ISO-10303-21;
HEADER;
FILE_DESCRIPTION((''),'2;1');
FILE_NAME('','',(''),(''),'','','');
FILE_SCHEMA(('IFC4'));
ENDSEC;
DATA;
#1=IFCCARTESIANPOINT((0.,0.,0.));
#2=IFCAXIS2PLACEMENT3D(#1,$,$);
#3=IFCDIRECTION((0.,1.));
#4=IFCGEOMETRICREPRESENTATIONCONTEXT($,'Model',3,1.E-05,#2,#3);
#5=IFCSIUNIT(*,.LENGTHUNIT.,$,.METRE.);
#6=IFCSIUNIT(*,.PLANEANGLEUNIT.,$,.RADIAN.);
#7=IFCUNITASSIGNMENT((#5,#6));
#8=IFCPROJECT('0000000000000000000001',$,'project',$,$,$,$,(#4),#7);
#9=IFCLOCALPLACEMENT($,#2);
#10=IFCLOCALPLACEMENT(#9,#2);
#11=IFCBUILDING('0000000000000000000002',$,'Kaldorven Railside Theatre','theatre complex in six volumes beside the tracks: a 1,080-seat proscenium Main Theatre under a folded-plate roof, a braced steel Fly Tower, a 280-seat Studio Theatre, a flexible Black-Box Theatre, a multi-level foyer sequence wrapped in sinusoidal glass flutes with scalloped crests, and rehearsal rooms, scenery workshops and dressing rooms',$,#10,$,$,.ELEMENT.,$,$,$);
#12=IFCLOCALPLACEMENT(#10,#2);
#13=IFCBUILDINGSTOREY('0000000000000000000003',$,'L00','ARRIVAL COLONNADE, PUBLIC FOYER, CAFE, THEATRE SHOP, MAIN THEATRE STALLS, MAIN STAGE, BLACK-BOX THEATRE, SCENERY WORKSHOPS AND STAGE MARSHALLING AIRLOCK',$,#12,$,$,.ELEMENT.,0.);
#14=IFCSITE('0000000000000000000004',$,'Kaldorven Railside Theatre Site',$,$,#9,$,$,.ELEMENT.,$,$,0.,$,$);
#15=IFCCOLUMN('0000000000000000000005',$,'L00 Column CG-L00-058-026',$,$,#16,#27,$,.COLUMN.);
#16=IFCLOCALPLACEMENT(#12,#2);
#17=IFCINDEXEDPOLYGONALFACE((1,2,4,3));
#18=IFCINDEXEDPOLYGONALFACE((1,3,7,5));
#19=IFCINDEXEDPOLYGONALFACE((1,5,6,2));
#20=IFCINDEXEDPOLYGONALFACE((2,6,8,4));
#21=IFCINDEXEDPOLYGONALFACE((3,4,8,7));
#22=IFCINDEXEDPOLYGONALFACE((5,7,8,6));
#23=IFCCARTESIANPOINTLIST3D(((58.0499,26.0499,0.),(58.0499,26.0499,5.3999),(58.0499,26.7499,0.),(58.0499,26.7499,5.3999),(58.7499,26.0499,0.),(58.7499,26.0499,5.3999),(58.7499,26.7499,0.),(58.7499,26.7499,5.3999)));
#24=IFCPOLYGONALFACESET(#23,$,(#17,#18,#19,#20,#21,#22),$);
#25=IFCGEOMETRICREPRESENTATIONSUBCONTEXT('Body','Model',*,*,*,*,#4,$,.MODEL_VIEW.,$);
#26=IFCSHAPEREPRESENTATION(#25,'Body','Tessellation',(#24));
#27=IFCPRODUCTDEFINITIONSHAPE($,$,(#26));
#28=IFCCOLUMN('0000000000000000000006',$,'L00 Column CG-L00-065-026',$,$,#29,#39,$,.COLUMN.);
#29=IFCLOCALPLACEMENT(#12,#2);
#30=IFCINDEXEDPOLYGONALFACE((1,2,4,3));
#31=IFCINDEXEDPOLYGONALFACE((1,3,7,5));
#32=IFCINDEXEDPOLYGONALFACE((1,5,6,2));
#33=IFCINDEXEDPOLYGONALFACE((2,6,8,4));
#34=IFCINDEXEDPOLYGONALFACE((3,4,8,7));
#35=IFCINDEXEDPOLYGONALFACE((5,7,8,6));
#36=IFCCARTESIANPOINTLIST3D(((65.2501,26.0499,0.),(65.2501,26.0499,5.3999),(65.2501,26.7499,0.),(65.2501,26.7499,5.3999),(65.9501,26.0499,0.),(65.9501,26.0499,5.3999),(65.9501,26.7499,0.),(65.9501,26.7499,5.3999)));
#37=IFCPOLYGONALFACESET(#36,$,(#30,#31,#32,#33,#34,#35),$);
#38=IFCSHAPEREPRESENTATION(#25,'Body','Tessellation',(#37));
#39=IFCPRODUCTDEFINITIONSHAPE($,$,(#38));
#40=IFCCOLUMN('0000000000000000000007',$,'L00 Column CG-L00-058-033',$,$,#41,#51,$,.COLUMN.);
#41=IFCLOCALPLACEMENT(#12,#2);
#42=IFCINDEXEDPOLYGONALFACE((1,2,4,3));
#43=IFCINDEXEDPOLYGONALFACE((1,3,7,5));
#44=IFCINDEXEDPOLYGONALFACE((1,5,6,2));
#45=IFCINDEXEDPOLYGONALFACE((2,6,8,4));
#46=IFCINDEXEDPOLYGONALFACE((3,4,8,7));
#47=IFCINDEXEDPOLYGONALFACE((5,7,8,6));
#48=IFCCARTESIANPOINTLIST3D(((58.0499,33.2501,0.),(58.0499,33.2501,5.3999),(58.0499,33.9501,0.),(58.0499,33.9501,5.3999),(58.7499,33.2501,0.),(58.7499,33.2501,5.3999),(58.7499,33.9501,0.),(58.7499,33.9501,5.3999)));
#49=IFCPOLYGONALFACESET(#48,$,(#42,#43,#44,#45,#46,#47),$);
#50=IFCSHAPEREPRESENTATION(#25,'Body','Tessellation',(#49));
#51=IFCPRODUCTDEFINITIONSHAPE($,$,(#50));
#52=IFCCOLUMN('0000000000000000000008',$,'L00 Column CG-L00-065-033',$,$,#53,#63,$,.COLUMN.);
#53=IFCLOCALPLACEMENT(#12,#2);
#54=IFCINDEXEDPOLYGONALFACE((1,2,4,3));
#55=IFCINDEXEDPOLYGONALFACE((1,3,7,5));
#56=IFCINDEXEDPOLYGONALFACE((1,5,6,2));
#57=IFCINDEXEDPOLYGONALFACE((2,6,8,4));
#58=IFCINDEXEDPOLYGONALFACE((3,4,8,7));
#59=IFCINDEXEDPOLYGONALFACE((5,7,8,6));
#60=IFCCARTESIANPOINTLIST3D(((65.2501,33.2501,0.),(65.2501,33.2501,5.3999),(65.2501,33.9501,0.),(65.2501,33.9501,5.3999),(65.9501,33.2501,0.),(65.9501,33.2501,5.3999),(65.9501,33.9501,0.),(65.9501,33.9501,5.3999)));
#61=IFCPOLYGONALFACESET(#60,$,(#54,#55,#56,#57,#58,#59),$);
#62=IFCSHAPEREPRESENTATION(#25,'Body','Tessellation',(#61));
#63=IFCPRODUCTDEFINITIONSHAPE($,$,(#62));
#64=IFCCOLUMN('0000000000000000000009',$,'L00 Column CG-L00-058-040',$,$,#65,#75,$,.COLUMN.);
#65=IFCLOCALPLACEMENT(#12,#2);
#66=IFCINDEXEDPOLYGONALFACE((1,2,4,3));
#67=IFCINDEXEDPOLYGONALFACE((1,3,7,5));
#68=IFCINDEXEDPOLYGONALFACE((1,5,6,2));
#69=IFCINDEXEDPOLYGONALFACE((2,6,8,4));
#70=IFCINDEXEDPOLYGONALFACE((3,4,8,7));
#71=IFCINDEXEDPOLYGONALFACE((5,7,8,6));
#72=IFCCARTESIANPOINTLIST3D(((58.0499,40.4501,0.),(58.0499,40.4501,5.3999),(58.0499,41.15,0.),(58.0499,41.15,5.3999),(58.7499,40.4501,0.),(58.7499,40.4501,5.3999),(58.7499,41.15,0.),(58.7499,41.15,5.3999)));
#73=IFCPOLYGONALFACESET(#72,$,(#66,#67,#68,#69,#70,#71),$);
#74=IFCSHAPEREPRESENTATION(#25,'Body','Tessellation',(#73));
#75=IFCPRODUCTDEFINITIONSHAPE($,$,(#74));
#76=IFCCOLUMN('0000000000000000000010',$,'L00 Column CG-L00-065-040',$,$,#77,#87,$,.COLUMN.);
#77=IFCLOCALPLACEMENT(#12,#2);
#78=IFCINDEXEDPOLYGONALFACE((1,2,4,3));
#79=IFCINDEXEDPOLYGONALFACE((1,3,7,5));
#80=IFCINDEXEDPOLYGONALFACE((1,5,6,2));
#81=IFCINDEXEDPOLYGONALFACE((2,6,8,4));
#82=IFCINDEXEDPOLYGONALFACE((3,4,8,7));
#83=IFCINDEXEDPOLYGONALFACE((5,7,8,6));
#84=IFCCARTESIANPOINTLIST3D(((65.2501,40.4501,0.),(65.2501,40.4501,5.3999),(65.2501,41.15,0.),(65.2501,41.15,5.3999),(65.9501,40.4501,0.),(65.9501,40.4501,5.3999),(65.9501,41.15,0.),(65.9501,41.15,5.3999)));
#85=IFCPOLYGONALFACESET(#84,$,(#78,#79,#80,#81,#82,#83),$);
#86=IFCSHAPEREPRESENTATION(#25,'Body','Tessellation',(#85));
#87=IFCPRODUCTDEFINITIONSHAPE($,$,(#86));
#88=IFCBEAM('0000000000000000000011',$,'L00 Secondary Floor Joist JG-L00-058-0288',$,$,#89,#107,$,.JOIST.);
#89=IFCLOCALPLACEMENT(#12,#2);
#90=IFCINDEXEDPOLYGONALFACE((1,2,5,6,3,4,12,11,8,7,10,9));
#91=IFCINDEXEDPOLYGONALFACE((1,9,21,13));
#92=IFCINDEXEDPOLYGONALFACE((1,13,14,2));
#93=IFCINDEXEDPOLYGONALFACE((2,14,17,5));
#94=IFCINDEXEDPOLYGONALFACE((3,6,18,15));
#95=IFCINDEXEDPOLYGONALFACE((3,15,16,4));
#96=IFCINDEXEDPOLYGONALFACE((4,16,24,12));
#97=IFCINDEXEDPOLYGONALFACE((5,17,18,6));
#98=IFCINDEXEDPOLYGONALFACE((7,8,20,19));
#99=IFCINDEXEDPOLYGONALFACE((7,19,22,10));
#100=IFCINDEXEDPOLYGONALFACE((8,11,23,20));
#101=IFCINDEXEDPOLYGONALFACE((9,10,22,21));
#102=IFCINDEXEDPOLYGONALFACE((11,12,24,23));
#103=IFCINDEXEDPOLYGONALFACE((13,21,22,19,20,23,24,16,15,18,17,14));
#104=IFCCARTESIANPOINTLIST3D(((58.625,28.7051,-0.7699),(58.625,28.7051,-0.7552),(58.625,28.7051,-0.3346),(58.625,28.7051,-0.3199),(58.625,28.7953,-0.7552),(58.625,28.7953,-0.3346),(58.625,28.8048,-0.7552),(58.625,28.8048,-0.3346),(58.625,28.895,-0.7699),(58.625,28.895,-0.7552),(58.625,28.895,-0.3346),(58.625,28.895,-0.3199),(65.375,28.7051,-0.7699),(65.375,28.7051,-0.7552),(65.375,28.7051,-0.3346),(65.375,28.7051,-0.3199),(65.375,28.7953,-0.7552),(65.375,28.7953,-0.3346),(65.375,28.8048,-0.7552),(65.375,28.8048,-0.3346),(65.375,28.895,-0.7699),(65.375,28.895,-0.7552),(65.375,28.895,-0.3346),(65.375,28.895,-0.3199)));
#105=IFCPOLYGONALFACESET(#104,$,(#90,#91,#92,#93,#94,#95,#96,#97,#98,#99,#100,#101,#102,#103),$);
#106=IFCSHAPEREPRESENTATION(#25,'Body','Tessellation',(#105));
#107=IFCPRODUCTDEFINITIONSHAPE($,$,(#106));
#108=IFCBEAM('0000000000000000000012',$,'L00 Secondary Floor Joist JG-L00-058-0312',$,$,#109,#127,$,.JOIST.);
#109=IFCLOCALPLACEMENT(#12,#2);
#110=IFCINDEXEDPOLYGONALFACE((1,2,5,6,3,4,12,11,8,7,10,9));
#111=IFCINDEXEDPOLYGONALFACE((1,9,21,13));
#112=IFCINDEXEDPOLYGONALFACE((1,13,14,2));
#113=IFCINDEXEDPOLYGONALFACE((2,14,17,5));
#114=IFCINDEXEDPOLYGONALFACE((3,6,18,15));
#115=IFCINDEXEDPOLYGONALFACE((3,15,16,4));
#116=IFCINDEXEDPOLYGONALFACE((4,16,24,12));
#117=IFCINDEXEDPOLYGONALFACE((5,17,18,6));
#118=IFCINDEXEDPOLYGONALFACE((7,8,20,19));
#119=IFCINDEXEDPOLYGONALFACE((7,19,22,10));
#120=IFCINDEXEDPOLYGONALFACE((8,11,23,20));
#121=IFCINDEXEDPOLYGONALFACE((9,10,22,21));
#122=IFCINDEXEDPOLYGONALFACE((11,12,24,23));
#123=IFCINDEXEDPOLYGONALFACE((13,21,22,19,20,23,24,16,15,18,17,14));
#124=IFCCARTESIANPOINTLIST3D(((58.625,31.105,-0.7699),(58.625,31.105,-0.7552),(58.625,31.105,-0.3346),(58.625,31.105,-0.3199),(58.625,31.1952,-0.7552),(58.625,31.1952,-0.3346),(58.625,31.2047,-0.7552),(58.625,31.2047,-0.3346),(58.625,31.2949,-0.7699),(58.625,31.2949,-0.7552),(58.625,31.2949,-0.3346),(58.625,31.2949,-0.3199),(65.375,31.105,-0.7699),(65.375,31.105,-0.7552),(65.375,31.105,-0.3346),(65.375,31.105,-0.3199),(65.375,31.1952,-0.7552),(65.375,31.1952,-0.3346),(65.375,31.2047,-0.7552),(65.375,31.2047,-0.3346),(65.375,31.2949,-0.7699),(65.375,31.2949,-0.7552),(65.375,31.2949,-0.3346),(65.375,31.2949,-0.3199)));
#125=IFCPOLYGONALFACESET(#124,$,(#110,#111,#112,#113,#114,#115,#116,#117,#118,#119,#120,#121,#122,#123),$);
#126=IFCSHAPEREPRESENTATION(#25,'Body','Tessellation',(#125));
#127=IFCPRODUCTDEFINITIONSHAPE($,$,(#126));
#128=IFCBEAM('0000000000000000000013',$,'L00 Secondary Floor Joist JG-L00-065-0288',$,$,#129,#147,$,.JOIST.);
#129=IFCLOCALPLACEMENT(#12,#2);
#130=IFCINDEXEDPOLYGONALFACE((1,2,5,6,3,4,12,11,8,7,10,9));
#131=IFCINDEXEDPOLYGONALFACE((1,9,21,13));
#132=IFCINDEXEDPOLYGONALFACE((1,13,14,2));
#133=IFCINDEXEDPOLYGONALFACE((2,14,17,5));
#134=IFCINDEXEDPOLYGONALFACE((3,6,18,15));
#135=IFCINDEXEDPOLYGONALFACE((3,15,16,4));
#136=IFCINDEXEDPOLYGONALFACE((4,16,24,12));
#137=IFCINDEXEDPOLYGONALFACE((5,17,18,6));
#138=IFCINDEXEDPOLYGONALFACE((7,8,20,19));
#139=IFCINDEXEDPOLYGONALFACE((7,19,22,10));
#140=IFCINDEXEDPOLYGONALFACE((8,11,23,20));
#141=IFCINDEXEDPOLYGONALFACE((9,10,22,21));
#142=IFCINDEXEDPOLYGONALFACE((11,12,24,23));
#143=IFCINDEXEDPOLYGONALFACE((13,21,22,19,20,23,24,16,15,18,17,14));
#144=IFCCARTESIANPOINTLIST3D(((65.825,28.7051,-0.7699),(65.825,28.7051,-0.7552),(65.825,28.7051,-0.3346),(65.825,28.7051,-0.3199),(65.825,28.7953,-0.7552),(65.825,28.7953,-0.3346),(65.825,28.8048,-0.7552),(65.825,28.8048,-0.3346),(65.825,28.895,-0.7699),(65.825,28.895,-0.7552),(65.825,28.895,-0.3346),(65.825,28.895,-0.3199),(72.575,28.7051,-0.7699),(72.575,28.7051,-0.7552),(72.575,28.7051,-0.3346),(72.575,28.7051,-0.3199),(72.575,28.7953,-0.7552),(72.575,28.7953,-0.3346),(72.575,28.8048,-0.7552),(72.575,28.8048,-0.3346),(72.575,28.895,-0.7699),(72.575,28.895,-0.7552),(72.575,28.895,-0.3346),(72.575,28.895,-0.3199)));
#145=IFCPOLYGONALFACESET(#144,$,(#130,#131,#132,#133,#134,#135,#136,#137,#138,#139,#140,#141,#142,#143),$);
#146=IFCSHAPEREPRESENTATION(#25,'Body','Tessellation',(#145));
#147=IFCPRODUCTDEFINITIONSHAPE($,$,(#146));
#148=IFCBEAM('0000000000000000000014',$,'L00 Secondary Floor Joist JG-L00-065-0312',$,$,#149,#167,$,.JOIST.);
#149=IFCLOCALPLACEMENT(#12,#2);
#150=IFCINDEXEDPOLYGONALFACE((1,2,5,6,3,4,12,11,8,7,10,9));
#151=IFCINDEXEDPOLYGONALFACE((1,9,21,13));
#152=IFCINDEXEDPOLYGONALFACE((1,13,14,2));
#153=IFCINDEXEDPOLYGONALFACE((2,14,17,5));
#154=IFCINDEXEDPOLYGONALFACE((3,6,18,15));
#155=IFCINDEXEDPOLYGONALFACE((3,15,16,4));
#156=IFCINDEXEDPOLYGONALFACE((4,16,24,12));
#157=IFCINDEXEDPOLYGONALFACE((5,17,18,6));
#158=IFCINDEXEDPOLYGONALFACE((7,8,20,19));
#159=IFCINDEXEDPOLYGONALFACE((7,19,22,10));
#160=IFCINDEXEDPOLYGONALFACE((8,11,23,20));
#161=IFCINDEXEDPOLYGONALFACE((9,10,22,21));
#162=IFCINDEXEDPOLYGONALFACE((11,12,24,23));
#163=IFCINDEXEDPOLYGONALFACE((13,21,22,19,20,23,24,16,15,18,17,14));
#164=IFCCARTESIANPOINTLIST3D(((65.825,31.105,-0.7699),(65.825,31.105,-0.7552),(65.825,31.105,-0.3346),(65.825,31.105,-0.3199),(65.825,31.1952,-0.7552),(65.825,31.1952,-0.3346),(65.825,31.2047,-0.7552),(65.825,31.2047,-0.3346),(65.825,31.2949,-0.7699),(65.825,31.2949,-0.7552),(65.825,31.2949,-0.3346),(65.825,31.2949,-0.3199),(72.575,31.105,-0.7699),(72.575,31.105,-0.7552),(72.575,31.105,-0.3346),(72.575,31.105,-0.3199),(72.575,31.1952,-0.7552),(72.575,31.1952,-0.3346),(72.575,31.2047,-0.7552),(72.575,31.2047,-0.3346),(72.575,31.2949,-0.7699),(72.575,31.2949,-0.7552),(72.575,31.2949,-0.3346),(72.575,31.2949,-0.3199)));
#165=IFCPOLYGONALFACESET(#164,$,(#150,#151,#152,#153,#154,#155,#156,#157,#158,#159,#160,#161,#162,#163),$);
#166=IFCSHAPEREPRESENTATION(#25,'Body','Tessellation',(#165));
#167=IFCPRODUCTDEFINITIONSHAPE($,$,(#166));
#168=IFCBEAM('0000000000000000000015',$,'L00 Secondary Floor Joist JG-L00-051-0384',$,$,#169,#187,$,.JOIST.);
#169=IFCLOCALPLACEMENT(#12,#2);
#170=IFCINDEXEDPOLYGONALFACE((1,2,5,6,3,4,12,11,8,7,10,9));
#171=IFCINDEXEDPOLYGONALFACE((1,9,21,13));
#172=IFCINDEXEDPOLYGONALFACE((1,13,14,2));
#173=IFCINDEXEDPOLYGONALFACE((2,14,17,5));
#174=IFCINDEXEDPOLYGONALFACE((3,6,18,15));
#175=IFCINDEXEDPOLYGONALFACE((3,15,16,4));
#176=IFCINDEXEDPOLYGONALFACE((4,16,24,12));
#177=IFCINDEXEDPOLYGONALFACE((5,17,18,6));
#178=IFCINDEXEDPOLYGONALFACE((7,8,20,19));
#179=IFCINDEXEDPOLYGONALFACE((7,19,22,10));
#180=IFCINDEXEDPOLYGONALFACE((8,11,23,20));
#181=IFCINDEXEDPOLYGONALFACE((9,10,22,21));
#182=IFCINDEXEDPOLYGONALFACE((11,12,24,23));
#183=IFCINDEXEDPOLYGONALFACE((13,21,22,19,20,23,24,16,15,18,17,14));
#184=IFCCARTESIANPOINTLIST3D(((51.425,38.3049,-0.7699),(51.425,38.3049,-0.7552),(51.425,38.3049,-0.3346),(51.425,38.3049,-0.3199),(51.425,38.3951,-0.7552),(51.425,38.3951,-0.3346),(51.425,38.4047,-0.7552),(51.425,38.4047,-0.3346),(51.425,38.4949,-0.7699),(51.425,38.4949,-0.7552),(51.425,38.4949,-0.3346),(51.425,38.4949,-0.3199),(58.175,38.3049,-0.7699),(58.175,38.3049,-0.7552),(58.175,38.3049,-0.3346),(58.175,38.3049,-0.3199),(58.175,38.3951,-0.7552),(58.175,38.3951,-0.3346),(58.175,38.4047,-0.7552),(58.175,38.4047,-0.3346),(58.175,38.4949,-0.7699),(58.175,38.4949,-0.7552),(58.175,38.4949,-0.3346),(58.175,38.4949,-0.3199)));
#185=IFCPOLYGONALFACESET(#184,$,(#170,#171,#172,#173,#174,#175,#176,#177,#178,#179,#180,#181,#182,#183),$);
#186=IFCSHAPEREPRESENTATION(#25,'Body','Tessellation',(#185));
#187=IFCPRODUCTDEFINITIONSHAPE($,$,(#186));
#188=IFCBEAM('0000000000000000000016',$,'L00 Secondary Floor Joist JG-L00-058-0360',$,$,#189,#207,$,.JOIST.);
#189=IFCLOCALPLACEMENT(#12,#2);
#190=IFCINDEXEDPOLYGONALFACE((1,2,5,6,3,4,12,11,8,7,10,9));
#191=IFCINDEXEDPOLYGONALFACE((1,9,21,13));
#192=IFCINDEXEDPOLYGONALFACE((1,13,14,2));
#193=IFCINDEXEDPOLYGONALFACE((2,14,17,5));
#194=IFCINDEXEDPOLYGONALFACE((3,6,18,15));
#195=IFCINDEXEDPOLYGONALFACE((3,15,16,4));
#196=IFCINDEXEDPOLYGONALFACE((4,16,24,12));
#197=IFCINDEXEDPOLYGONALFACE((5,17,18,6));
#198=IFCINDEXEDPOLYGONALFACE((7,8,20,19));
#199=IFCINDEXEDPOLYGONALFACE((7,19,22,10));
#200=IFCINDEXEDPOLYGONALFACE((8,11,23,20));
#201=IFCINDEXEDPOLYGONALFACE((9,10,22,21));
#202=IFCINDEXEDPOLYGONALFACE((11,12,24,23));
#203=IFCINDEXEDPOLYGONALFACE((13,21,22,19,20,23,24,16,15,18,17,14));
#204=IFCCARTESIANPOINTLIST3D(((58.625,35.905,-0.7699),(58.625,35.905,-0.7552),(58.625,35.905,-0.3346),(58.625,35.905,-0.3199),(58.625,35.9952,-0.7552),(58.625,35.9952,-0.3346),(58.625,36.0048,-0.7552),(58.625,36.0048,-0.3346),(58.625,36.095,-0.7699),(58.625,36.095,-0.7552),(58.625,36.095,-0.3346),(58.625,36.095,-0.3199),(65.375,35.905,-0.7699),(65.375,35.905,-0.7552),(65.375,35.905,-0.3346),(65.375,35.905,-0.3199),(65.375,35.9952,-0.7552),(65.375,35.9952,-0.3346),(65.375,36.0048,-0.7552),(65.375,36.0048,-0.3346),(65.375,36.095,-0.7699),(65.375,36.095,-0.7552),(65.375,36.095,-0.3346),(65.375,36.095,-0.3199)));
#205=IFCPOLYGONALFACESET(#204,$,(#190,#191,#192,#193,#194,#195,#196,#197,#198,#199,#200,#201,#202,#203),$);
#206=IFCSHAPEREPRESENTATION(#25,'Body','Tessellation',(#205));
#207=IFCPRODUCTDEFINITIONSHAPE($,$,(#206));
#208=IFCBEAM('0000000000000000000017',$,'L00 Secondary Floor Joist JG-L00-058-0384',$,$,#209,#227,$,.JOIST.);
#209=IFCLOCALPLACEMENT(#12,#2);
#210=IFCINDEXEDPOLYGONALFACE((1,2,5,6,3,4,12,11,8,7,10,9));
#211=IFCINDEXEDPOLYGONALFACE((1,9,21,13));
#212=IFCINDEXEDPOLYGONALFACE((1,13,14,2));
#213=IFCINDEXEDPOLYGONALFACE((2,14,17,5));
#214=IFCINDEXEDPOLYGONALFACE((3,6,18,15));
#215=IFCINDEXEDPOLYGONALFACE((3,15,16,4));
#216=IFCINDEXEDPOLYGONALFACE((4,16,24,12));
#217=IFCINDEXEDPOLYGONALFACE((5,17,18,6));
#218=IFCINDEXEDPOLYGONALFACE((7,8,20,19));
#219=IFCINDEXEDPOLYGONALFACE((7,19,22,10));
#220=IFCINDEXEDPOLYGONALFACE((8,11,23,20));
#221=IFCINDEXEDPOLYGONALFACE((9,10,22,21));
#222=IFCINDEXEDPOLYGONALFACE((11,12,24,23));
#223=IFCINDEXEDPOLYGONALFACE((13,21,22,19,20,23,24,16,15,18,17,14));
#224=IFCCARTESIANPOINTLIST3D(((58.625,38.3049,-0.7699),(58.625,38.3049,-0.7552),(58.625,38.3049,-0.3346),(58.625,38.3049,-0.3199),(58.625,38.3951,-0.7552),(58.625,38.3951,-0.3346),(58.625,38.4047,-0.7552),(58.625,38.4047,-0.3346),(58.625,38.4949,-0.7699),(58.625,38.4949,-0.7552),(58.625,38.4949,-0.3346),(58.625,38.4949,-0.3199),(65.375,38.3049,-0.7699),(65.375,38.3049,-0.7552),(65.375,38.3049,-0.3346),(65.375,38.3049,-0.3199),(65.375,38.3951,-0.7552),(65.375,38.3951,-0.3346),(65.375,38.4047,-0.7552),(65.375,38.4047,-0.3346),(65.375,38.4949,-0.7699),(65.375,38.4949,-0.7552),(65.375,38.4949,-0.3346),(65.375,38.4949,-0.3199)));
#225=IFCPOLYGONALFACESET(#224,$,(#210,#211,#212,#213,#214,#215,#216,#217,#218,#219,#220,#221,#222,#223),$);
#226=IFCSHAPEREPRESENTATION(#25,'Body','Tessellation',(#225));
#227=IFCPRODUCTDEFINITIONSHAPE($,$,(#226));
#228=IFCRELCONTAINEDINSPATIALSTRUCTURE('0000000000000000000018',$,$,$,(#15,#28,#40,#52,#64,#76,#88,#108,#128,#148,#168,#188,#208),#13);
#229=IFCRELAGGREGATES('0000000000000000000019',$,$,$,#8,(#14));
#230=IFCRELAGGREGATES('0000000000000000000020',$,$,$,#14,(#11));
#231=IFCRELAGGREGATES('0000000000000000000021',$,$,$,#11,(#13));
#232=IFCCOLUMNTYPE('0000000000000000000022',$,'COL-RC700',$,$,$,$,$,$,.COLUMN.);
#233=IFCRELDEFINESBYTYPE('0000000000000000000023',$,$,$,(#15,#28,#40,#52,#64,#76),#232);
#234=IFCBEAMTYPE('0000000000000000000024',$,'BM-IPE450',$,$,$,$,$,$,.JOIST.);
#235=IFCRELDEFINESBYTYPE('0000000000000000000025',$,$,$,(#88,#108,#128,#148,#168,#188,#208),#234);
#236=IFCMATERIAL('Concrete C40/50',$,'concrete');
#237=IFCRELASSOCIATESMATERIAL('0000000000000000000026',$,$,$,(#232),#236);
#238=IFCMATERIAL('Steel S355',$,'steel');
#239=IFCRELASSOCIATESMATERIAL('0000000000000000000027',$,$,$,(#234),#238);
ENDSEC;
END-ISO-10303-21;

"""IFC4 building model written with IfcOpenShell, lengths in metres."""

from ifc_helpers import new_model, si_unit, direction, frame, origin, origin_2d, place, context, subcontext, project, spatial, rectangle, i_section, extrude, material, material_profile, profile_set, type_object, element, save


model = new_model("IFC4")

# Units and contexts
model_context = context("Model", 3, precision=1e-05, world=origin(), true_north=direction((0.0, 1.0)))
body_context = subcontext(model_context, "Body", "Model", "MODEL_VIEW")
ifc_project = project(units=[si_unit("LENGTHUNIT", "METRE"), si_unit("PLANEANGLEUNIT", "RADIAN")], contexts=[model_context])

# Site, building, storey
site_placement = place(None, origin())
site = spatial("IfcSite", under=ifc_project, at=site_placement, Name="Kaldorven Railside Theatre Site", CompositionType="ELEMENT", RefElevation=0.0)
building_placement = place(site_placement, origin())
building = spatial("IfcBuilding", under=site, at=building_placement, Name="Kaldorven Railside Theatre", Description="theatre complex in six volumes beside the tracks: a 1,080-seat proscenium Main Theatre under a folded-plate roof, a braced steel Fly Tower, a 280-seat Studio Theatre, a flexible Black-Box Theatre, a multi-level foyer sequence wrapped in sinusoidal glass flutes with scalloped crests, and rehearsal rooms, scenery workshops and dressing rooms", CompositionType="ELEMENT")
storey_placement = place(building_placement, origin())
storey = spatial("IfcBuildingStorey", under=building, at=storey_placement, Name="L00", Description="ARRIVAL COLONNADE, PUBLIC FOYER, CAFE, THEATRE SHOP, MAIN THEATRE STALLS, MAIN STAGE, BLACK-BOX THEATRE, SCENERY WORKSHOPS AND STAGE MARSHALLING AIRLOCK", CompositionType="ELEMENT", Elevation=0.0)

# Columns
ifc_material_1 = material(Name="Concrete C40/50", Category="concrete")
ifc_material_profile_1 = material_profile(ifc_material_1, rectangle(XDim=0.7, YDim=0.7, at=origin_2d()), Name="RC 700x700")
ifc_profile_set_1 = profile_set([ifc_material_profile_1], Name="Concrete C40/50")
column_type = type_object("IfcColumnType", Name="COL-RC700", PredefinedType="COLUMN", material=ifc_profile_set_1)
for number, where, z_axis, x_axis, name in (
    (1, (58.3999, 26.3999, 0.0), (0.0, 0.0, 1.0), (1.0, 0.0, 0.0), "L00 Column CG-L00-058-026"),
    (2, (65.6001, 26.3999, 0.0), (0.0, 0.0, 1.0), (1.0, 0.0, 0.0), "L00 Column CG-L00-065-026"),
    (3, (58.3999, 33.6001, 0.0), (0.0, 0.0, 1.0), (1.0, 0.0, 0.0), "L00 Column CG-L00-058-033"),
    (4, (65.6001, 33.6001, 0.0), (0.0, 0.0, 1.0), (0.0, 1.0, 0.0), "L00 Column CG-L00-065-033"),
    (5, (58.3999, 40.8, 0.0), (0.0, 0.0, 1.0), (0.0, 1.0, 0.0), "L00 Column CG-L00-058-040"),
    (6, (65.6001, 40.8, 0.0), (0.0, 0.0, 1.0), (1.0, 0.0, 0.0), "L00 Column CG-L00-065-040"),
):
    element("IfcColumn", number, at=place(storey_placement, frame(where, z_axis=z_axis, x_axis=x_axis)), inside=storey, type_object=column_type, Name=name, PredefinedType="COLUMN", context=body_context, shape_type="SweptSolid", body=[
        extrude(rectangle(XDim=0.7, YDim=0.7, at=origin_2d()), origin(), (0.0, 0.0, 1.0), 5.3999),
    ])

# Beams
ifc_material_2 = material(Name="Steel S355", Category="steel")
ifc_material_profile_2 = material_profile(ifc_material_2, i_section(OverallWidth=0.1899, OverallDepth=0.45, WebThickness=0.0095, FlangeThickness=0.0146, at=origin_2d()), Name="IPE 450")
ifc_profile_set_2 = profile_set([ifc_material_profile_2], Name="Steel S355")
beam_type_1 = type_object("IfcBeamType", Name="BM-IPE450", PredefinedType="JOIST", material=ifc_profile_set_2)
for number, where, z_axis, x_axis, name in (
    (7, (58.625, 28.8, -0.5449), (1.0, 0.0, 0.0), (0.0, 1.0, 0.0), "L00 Secondary Floor Joist JG-L00-058-0288"),
    (8, (58.625, 31.2, -0.5449), (1.0, 0.0, 0.0), (0.0, 1.0, 0.0), "L00 Secondary Floor Joist JG-L00-058-0312"),
    (9, (65.825, 28.8, -0.5449), (1.0, 0.0, 0.0), (0.0, 1.0, 0.0), "L00 Secondary Floor Joist JG-L00-065-0288"),
    (10, (65.825, 31.2, -0.5449), (1.0, 0.0, 0.0), (0.0, 1.0, 0.0), "L00 Secondary Floor Joist JG-L00-065-0312"),
    (11, (51.425, 38.3999, -0.5449), (1.0, 0.0, 0.0), (0.0, 1.0, 0.0), "L00 Secondary Floor Joist JG-L00-051-0384"),
    (12, (58.625, 36.0, -0.5449), (1.0, 0.0, 0.0), (0.0, 1.0, 0.0), "L00 Secondary Floor Joist JG-L00-058-0360"),
    (13, (58.625, 38.3999, -0.5449), (1.0, 0.0, 0.0), (0.0, 1.0, 0.0), "L00 Secondary Floor Joist JG-L00-058-0384"),
):
    element("IfcBeam", number, at=place(storey_placement, frame(where, z_axis=z_axis, x_axis=x_axis)), inside=storey, type_object=beam_type_1, Name=name, PredefinedType="JOIST", context=body_context, shape_type="SweptSolid", body=[
        extrude(i_section(OverallWidth=0.1899, OverallDepth=0.45, WebThickness=0.0095, FlangeThickness=0.0146, at=origin_2d()), origin(), (0.0, 0.0, 1.0), 6.75),
    ])

save(model, "model.ifc")
